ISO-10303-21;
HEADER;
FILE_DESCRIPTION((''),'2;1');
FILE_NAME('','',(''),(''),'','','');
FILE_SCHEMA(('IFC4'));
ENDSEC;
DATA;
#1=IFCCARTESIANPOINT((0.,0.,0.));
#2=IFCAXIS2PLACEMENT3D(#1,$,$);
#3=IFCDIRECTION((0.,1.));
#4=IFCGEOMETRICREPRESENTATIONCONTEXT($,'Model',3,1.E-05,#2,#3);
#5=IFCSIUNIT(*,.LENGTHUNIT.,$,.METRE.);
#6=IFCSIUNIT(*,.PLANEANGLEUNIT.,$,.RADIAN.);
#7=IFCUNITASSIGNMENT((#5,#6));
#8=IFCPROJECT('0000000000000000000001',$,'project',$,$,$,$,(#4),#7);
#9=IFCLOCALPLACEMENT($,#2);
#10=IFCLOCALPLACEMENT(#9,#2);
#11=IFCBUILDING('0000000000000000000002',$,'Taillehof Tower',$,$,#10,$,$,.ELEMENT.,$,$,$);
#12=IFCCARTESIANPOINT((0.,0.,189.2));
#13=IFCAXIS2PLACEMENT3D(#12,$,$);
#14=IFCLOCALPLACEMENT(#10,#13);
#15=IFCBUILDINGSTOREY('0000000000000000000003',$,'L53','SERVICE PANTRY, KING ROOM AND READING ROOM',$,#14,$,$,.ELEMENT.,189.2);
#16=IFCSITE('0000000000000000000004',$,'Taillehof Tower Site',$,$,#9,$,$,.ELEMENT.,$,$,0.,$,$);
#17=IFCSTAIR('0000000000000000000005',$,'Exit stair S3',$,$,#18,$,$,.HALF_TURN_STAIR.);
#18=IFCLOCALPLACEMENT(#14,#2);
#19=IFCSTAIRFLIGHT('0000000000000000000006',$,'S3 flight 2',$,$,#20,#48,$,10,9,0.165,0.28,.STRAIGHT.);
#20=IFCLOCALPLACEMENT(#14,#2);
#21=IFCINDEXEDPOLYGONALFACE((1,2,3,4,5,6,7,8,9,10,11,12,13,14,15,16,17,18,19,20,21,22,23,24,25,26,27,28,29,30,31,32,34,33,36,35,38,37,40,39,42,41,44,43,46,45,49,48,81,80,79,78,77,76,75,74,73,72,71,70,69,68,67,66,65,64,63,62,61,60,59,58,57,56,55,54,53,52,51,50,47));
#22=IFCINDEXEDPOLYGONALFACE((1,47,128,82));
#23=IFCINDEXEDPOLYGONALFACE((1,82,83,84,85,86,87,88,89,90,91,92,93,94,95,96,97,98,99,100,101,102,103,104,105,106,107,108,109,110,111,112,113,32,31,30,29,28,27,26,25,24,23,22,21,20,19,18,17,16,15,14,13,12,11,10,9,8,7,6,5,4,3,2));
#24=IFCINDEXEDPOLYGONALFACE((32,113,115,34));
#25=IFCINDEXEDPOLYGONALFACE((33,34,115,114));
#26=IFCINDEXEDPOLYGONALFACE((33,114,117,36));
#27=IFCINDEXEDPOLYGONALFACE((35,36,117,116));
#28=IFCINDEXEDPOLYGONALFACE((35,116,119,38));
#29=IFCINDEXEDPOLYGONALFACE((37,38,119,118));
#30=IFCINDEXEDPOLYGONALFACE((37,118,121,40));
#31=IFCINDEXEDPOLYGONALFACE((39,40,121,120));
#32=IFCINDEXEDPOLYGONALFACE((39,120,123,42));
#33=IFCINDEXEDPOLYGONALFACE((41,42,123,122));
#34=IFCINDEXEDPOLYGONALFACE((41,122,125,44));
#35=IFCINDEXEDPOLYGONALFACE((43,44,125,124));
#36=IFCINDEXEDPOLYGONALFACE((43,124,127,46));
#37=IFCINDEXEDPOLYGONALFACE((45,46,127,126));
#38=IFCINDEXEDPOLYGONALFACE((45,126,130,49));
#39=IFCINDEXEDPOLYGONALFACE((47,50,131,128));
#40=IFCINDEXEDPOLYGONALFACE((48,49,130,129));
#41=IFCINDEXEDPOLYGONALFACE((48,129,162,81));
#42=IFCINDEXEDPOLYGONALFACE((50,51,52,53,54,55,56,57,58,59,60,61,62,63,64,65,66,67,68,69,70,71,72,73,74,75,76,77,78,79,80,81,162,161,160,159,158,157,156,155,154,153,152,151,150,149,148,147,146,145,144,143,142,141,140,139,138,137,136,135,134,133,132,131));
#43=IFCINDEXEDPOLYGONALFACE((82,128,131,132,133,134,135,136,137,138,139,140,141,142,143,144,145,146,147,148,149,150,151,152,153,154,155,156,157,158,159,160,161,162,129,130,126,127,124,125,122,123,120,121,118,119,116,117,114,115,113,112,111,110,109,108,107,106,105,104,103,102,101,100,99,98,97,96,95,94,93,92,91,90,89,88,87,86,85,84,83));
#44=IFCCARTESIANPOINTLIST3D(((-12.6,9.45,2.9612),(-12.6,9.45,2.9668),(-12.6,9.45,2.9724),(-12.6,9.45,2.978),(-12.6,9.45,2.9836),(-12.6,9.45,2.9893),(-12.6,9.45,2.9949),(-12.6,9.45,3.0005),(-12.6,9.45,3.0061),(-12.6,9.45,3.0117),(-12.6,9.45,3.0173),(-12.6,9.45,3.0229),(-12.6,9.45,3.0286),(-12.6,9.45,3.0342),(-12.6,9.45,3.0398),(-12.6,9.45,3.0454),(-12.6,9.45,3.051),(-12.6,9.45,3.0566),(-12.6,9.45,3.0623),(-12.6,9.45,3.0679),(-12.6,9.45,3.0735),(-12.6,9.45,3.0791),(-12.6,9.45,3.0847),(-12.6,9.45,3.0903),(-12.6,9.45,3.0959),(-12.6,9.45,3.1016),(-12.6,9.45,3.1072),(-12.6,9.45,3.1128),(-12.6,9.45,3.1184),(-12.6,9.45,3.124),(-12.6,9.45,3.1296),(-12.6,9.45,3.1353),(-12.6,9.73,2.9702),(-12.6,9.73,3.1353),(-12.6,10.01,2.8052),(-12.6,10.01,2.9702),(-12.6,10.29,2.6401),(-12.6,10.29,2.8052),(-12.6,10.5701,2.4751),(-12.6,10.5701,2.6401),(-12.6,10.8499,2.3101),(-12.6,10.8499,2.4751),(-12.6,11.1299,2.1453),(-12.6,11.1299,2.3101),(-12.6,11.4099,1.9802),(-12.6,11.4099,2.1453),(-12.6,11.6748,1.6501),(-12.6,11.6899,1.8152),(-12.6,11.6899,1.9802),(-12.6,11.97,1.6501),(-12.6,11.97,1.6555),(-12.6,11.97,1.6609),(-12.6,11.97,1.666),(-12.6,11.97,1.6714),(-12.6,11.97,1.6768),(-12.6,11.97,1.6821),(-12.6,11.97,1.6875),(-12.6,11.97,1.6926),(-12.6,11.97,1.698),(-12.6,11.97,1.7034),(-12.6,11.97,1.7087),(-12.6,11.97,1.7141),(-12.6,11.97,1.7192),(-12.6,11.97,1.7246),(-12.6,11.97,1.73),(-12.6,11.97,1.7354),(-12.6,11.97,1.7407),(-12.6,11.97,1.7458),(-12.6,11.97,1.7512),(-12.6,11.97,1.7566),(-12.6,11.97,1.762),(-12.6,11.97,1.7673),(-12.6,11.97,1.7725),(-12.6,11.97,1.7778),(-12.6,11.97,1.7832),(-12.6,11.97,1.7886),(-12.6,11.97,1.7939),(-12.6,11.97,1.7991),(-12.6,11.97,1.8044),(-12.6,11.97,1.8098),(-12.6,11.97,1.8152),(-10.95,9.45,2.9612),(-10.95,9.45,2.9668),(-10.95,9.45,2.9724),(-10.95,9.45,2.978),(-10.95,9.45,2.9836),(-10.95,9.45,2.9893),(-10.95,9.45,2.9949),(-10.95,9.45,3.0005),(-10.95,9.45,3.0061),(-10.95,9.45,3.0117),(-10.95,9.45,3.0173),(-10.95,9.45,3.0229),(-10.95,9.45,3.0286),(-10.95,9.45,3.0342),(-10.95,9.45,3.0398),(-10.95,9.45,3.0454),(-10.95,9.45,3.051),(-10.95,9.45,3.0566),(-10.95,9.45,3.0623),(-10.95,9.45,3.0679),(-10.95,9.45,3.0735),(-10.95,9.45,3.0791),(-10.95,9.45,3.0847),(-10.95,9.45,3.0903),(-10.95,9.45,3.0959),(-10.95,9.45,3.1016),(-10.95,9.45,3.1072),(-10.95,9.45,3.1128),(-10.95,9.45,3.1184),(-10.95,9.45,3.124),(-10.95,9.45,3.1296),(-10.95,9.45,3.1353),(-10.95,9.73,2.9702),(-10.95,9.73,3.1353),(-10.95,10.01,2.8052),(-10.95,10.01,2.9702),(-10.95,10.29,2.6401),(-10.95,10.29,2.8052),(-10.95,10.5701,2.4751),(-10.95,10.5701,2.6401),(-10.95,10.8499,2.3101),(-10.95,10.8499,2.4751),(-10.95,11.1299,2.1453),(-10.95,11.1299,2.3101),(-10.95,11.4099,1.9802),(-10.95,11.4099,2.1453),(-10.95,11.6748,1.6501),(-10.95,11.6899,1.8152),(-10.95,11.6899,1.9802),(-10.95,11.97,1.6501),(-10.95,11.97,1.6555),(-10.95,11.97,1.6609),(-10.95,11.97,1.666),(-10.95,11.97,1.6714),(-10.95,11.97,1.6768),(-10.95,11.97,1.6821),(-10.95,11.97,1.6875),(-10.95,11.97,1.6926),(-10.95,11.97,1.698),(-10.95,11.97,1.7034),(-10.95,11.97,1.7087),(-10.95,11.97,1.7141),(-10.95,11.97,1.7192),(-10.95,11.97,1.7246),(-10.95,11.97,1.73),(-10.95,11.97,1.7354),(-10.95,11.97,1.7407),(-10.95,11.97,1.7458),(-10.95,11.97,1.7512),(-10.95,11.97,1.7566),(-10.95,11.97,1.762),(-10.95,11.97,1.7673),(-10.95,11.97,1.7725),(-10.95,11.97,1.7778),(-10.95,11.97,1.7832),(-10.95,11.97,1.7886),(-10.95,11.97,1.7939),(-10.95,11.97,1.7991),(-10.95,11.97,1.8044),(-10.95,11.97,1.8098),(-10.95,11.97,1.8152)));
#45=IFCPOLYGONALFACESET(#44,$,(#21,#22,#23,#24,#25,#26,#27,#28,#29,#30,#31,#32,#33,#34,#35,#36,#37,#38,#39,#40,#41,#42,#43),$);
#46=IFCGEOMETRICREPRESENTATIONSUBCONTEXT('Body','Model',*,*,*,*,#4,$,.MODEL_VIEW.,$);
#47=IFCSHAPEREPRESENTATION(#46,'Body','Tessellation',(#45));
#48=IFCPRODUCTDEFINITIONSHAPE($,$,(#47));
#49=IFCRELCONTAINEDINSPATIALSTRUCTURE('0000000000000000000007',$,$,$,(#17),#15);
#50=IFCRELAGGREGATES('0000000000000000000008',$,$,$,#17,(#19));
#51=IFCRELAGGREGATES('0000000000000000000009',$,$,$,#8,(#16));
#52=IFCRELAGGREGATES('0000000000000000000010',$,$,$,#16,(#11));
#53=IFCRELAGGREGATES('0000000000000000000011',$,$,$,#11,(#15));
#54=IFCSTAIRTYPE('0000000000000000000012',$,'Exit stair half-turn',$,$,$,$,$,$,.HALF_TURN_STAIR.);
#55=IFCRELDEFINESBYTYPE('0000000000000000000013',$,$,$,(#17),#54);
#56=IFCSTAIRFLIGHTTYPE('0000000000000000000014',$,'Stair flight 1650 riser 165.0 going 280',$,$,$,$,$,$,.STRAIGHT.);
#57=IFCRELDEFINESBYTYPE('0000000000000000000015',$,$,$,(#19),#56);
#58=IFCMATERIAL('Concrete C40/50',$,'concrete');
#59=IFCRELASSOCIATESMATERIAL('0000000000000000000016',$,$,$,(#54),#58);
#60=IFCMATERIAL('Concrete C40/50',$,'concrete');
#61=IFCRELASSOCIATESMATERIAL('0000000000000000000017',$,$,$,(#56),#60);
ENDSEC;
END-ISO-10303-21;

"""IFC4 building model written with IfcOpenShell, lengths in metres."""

from ifc_helpers import new_model, si_unit, direction, frame, origin, place, context, subcontext, project, spatial, polyline, outline, extrude, material, type_object, element, aggregate, save


model = new_model("IFC4")

# Units and contexts
model_context = context("Model", 3, precision=1e-05, world=origin(), true_north=direction((0.0, 1.0)))
body_context = subcontext(model_context, "Body", "Model", "MODEL_VIEW")
ifc_project = project(units=[si_unit("LENGTHUNIT", "METRE"), si_unit("PLANEANGLEUNIT", "RADIAN")], contexts=[model_context])

# Site, building, storey
site_placement = place(None, origin())
site = spatial("IfcSite", under=ifc_project, at=site_placement, Name="Taillehof Tower Site", CompositionType="ELEMENT", RefElevation=0.0)
building_placement = place(site_placement, origin())
building = spatial("IfcBuilding", under=site, at=building_placement, Name="Taillehof Tower", CompositionType="ELEMENT")
storey_placement = place(building_placement, frame((0.0, 0.0, 189.2)))
storey = spatial("IfcBuildingStorey", under=building, at=storey_placement, Name="L53", Description="SERVICE PANTRY, KING ROOM AND READING ROOM", CompositionType="ELEMENT", Elevation=189.2)

# Stair, stair flight
ifc_material_1 = material(Name="Concrete C40/50", Category="concrete")
stair_type = type_object("IfcStairType", Name="Exit stair half-turn", PredefinedType="HALF_TURN_STAIR", material=ifc_material_1)
stair_placement = place(storey_placement, origin())
stair = element("IfcStair", 1, at=stair_placement, inside=storey, type_object=stair_type, Name="Exit stair S3", PredefinedType="HALF_TURN_STAIR")
ifc_material_2 = material(Name="Concrete C40/50", Category="concrete")
stair_flight_type = type_object("IfcStairFlightType", Name="Stair flight 1650 riser 165.0 going 280", PredefinedType="STRAIGHT", material=ifc_material_2)
stair_flight_placement = place(storey_placement, frame((-11.7749, 11.97, 1.6501), z_axis=(0.0, 0.0, 1.0), x_axis=(0.0, -1.0, 0.0)))
stair_flight = element("IfcStairFlight", 2, at=stair_flight_placement, type_object=stair_flight_type, Name="S3 flight 2", NumberOfRisers=10, NumberOfTreads=9, PredefinedType="STRAIGHT", RiserHeight=0.165, TreadLength=0.28, context=body_context, shape_type="SweptSolid", body=[
    extrude(outline(polyline([(0.0, 0.0), (0.0, 0.0054), (0.0, 0.0107), (0.0, 0.0159), (0.0, 0.0212), (0.0, 0.0266), (0.0, 0.032), (0.0, 0.0374), (0.0, 0.0425), (0.0, 0.0479), (0.0, 0.0532), (0.0, 0.0586), (0.0, 0.064), (0.0, 0.0691), (0.0, 0.0745), (0.0, 0.0798), (0.0, 0.0852), (0.0, 0.0906), (0.0, 0.0957), (0.0, 0.1011), (0.0, 0.1064), (0.0, 0.1118), (0.0, 0.1172), (0.0, 0.1223), (0.0, 0.1277), (0.0, 0.1331), (0.0, 0.1384), (0.0, 0.1438), (0.0, 0.1489), (0.0, 0.1543), (0.0, 0.1597), (0.0, 0.165), (0.28, 0.165), (0.28, 0.3301), (0.5601, 0.3301), (0.5601, 0.4951), (0.8401, 0.4951), (0.8401, 0.6599), (1.1201, 0.6599), (1.1201, 0.825), (1.3999, 0.825), (1.3999, 0.99), (1.6799, 0.99), (1.6799, 1.155), (1.96, 1.155), (1.96, 1.3201), (2.24, 1.3201), (2.24, 1.4851), (2.52, 1.4851), (2.52, 1.4795), (2.52, 1.4739), (2.52, 1.4683), (2.52, 1.4626), (2.52, 1.457), (2.52, 1.4514), (2.52, 1.4458), (2.52, 1.4402), (2.52, 1.4346), (2.52, 1.429), (2.52, 1.4233), (2.52, 1.4177), (2.52, 1.4121), (2.52, 1.4065), (2.52, 1.4009), (2.52, 1.3953), (2.52, 1.3896), (2.52, 1.384), (2.52, 1.3784), (2.52, 1.3728), (2.52, 1.3672), (2.52, 1.3616), (2.52, 1.356), (2.52, 1.3503), (2.52, 1.3447), (2.52, 1.3391), (2.52, 1.3335), (2.52, 1.3279), (2.52, 1.3223), (2.52, 1.3167), (2.52, 1.311), (0.2952, 0.0), (0.0, 0.0)])), frame((0.0, 0.825, 0.0), z_axis=(0.0, -1.0, 0.0), x_axis=(1.0, 0.0, 0.0)), (0.0, 0.0, 1.0), 1.65),
])
aggregate(stair, [stair_flight])

save(model, "model.ifc")
